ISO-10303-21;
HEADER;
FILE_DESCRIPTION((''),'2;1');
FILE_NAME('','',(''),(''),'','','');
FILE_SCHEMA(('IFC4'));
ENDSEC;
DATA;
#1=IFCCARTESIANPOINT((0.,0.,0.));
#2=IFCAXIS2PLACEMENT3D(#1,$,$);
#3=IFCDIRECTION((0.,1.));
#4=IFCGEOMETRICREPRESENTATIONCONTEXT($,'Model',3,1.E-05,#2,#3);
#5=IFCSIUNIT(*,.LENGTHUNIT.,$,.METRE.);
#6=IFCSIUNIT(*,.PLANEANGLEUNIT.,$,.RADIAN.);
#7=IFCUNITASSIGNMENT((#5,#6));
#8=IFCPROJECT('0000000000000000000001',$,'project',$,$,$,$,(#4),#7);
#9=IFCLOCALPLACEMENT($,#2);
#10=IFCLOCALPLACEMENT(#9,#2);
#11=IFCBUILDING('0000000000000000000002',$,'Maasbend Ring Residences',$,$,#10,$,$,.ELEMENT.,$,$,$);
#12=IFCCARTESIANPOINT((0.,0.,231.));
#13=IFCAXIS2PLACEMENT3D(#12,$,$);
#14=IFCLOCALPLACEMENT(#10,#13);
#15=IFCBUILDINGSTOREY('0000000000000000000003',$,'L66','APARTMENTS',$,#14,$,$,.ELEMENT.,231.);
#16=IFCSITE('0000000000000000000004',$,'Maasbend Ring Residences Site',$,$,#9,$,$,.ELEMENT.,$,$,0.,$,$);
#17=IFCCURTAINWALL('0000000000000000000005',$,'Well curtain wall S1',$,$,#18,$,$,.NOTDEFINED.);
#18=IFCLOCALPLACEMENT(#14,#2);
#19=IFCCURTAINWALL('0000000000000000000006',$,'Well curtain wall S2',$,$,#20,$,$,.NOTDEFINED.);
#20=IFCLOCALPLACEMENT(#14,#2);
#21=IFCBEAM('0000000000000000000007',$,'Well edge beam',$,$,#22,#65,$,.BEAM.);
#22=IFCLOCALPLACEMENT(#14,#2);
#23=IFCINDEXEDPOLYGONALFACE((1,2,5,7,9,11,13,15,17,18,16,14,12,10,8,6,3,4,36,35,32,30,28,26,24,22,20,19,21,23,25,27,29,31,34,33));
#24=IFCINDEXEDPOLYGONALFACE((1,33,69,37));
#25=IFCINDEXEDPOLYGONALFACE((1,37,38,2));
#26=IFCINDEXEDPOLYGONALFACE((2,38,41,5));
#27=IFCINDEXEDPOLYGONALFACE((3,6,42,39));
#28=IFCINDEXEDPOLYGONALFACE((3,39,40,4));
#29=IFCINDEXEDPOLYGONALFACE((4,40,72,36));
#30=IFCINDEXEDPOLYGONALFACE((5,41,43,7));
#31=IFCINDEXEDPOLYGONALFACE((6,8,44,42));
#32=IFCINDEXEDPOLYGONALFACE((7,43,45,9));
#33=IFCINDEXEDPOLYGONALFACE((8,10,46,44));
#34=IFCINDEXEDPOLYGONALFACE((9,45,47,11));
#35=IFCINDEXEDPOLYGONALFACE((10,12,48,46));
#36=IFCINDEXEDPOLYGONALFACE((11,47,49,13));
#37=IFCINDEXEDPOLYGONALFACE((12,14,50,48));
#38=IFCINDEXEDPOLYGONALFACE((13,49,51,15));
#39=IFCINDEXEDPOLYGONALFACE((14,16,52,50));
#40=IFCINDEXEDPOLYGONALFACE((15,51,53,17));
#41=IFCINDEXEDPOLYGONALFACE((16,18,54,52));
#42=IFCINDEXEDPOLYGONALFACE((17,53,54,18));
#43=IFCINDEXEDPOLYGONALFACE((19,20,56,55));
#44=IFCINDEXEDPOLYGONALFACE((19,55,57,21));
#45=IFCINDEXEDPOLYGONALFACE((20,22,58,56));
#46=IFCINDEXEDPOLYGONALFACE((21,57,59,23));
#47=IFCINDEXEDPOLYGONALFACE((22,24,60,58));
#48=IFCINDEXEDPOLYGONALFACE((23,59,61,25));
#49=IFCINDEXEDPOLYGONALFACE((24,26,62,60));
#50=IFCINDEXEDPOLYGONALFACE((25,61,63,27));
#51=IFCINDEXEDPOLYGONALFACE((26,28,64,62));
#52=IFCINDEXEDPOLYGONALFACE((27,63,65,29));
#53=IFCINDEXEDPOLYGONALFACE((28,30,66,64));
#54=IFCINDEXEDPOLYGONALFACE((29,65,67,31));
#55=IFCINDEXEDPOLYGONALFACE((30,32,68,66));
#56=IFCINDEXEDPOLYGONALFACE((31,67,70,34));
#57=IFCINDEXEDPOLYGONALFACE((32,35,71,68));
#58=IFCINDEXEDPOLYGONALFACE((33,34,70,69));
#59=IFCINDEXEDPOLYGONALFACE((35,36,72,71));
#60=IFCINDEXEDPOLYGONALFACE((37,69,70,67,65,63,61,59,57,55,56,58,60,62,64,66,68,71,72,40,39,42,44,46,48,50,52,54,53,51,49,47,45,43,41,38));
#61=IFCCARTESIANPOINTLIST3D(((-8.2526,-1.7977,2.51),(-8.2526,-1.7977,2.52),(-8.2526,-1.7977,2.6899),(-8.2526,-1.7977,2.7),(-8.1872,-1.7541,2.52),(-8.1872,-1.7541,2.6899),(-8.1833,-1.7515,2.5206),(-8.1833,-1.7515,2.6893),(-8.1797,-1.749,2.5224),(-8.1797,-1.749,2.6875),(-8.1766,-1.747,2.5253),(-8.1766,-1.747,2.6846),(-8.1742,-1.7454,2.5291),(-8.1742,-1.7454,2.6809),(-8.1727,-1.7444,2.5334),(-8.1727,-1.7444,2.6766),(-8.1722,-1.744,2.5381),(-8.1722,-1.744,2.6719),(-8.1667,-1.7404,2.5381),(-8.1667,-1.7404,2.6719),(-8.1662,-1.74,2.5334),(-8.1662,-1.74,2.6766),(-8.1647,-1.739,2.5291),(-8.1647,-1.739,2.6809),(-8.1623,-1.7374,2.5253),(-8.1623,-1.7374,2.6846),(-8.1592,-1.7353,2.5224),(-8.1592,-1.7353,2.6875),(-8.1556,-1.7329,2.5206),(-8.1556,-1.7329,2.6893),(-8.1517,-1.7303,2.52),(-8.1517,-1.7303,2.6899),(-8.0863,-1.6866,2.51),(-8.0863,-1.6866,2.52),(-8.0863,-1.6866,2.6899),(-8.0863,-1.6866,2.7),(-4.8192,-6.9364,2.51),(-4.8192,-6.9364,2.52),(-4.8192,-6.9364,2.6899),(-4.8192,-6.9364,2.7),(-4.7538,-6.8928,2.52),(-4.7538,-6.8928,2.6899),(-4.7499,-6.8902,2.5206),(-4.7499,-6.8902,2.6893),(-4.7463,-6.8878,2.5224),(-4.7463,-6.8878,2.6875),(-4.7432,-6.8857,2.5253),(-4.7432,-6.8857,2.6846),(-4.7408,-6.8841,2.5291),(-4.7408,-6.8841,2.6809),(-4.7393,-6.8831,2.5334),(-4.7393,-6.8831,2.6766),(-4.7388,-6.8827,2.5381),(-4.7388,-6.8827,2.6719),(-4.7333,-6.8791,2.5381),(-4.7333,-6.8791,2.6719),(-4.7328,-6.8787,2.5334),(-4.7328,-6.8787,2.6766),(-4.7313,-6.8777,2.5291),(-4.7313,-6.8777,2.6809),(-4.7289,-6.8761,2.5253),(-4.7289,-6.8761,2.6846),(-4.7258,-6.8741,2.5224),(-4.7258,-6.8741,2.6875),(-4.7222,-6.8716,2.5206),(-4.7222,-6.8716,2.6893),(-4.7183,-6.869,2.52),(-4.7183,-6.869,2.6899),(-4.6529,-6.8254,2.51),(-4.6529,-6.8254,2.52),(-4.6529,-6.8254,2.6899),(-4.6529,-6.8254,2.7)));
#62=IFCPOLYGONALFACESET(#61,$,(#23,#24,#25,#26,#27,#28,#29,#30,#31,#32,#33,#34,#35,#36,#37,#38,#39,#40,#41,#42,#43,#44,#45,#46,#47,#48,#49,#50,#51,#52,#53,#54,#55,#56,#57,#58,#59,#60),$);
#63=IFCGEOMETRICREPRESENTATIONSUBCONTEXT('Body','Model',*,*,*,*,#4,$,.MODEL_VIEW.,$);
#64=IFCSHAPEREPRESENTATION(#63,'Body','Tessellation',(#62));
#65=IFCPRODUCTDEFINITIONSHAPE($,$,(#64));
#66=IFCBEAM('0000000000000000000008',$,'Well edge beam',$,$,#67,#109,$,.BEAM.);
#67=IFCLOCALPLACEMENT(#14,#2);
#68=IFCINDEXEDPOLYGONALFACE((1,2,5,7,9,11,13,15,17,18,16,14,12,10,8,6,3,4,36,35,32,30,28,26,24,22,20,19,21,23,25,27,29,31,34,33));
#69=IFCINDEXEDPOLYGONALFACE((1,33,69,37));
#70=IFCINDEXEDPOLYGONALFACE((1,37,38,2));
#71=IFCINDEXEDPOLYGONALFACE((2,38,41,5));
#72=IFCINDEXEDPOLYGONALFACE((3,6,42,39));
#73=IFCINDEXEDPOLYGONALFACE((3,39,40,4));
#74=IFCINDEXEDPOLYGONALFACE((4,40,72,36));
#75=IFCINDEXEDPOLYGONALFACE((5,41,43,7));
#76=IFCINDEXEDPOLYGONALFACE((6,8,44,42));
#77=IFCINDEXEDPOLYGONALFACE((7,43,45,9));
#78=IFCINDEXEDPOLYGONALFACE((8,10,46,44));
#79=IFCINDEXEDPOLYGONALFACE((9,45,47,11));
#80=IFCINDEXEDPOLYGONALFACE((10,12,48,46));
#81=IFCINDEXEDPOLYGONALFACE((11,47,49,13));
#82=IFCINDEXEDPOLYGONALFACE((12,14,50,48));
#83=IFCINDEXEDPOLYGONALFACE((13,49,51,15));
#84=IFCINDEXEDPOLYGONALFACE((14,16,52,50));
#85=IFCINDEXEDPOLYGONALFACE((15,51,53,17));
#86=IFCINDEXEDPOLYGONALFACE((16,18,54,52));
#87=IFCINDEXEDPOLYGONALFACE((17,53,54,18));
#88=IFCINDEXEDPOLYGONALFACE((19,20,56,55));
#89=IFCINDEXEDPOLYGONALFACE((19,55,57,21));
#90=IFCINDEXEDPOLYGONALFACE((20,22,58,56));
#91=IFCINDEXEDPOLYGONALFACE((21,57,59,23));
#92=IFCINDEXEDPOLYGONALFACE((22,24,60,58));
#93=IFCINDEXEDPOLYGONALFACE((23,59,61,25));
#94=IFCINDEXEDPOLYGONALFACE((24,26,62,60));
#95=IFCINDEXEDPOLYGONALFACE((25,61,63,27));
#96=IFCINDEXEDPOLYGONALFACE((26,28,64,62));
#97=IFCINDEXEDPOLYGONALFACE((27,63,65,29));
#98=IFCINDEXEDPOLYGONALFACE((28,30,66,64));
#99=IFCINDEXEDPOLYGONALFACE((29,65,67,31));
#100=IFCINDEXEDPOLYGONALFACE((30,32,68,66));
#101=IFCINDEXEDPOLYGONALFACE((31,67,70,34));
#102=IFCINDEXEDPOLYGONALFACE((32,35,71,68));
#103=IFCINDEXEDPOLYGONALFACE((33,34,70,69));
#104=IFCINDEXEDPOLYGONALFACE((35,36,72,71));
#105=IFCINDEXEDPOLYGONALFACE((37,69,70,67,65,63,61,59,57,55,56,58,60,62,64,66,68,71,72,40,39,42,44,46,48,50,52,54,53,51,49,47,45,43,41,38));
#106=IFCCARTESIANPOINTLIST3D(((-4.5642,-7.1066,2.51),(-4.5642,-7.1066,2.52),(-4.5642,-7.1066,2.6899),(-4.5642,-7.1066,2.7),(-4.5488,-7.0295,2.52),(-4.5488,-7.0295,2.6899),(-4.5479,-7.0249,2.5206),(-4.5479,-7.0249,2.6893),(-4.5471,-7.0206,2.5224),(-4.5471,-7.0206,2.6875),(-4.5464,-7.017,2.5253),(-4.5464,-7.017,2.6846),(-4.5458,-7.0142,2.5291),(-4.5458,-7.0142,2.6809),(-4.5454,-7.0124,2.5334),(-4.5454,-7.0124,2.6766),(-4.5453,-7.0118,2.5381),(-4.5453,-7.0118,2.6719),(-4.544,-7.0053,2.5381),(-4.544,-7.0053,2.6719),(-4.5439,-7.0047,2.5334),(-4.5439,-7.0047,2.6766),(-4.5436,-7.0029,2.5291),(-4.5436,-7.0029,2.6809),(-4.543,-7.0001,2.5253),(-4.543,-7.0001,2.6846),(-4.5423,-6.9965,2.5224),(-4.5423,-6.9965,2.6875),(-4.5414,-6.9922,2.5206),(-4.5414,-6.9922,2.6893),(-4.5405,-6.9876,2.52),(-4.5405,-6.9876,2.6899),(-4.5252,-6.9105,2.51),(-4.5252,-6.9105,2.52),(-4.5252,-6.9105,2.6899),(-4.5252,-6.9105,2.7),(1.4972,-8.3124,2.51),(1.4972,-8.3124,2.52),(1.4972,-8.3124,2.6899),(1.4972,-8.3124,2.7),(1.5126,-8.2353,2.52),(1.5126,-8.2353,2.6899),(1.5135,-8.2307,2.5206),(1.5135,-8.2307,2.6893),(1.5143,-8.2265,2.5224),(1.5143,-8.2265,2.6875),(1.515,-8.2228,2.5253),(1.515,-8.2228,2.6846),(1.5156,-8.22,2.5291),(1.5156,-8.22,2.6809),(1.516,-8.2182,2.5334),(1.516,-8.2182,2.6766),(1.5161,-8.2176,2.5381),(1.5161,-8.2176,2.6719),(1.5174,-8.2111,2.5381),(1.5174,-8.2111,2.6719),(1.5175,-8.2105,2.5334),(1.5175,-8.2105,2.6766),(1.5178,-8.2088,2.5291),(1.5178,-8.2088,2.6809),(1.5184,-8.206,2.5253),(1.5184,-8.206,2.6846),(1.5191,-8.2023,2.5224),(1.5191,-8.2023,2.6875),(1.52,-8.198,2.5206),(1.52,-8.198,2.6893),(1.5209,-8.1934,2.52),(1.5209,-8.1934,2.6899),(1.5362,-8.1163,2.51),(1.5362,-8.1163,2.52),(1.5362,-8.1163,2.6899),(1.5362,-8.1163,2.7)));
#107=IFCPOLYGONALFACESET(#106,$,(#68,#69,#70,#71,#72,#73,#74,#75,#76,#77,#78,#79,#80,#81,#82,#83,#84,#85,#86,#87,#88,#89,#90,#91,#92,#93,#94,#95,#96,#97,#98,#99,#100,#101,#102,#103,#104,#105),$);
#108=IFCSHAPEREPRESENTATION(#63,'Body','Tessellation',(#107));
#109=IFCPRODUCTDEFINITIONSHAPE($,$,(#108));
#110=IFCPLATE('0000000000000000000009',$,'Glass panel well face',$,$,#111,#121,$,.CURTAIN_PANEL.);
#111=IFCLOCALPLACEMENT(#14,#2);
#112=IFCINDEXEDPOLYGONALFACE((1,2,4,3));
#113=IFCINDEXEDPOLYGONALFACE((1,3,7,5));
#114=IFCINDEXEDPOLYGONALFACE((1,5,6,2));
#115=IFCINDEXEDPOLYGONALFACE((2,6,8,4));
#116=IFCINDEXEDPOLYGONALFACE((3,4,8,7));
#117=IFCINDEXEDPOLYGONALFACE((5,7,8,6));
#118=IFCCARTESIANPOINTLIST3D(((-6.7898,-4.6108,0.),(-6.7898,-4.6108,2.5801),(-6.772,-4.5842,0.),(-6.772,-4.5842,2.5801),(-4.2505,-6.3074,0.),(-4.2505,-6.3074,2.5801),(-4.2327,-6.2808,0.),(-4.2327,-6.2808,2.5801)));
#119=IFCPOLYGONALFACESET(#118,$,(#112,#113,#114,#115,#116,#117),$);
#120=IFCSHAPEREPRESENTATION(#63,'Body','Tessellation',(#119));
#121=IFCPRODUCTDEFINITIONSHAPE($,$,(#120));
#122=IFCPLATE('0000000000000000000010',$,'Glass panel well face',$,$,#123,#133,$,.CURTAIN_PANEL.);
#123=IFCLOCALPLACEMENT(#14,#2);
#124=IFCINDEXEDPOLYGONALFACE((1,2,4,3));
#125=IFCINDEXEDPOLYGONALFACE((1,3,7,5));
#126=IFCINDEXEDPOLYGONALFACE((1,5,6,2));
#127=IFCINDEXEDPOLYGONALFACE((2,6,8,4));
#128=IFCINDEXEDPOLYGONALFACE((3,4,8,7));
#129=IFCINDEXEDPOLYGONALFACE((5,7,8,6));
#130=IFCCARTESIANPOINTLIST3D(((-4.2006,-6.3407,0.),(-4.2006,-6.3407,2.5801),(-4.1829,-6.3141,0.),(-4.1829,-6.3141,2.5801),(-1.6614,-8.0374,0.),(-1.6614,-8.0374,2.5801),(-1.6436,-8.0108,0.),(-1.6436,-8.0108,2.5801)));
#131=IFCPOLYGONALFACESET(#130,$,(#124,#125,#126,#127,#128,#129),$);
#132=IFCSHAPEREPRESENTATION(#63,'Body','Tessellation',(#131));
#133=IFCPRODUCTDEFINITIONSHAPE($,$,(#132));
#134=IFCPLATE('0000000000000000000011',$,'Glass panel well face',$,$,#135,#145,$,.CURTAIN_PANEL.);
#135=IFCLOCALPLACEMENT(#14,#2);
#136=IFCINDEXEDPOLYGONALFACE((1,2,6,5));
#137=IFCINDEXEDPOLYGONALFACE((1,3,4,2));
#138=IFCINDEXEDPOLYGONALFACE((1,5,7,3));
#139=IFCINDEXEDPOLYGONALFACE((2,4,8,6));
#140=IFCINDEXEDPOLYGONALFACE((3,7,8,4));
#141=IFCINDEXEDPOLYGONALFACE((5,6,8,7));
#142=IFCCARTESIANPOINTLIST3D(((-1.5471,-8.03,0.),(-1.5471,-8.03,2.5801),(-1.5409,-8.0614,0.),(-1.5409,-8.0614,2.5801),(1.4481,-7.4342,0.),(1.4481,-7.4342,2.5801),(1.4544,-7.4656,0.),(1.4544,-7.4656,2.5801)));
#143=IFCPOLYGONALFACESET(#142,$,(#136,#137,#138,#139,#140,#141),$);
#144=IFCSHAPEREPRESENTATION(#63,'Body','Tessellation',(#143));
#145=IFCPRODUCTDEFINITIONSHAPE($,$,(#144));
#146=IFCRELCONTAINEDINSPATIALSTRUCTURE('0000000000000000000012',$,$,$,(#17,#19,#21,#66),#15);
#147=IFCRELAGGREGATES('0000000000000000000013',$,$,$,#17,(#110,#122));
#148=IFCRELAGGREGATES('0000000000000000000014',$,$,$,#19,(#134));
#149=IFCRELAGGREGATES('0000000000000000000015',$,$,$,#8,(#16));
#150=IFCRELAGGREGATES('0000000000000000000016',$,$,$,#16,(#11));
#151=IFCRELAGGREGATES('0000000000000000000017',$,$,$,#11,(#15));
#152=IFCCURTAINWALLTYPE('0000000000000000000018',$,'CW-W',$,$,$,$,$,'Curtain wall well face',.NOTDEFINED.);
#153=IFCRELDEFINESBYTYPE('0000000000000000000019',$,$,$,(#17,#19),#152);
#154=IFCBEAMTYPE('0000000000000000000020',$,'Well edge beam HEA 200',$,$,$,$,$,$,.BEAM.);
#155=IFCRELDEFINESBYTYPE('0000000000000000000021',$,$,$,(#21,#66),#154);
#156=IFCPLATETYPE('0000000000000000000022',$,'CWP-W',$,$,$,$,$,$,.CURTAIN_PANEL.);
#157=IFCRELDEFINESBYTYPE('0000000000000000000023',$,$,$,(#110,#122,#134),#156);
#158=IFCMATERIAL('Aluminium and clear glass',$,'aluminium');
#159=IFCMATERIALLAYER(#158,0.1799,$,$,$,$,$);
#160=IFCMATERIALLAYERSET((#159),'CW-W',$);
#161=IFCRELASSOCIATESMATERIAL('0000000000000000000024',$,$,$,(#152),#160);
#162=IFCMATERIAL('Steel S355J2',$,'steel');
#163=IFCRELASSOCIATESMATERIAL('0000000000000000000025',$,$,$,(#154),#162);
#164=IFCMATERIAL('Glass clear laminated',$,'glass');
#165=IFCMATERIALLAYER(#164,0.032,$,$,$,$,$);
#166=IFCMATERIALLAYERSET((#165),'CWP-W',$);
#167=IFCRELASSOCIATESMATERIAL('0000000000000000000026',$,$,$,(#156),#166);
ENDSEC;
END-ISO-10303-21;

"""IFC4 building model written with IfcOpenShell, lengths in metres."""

from ifc_helpers import new_model, si_unit, direction, frame, origin, origin_2d, place, context, subcontext, project, spatial, rectangle, i_section, extrude, material, layer, layer_set, material_profile, profile_set, type_object, element, aggregate, save


model = new_model("IFC4")

# Units and contexts
model_context = context("Model", 3, precision=1e-05, world=origin(), true_north=direction((0.0, 1.0)))
body_context = subcontext(model_context, "Body", "Model", "MODEL_VIEW")
ifc_project = project(units=[si_unit("LENGTHUNIT", "METRE"), si_unit("PLANEANGLEUNIT", "RADIAN")], contexts=[model_context])

# Site, building, storey
site_placement = place(None, origin())
site = spatial("IfcSite", under=ifc_project, at=site_placement, Name="Maasbend Ring Residences Site", CompositionType="ELEMENT", RefElevation=0.0)
building_placement = place(site_placement, origin())
building = spatial("IfcBuilding", under=site, at=building_placement, Name="Maasbend Ring Residences", CompositionType="ELEMENT")
storey_placement = place(building_placement, frame((0.0, 0.0, 231.0)))
storey = spatial("IfcBuildingStorey", under=building, at=storey_placement, Name="L66", Description="APARTMENTS", CompositionType="ELEMENT", Elevation=231.0)

# Curtain wall
ifc_material_1 = material(Name="Aluminium and clear glass", Category="aluminium")
ifc_layer_1 = layer(ifc_material_1, 0.1799)
ifc_layer_set_1 = layer_set([ifc_layer_1], Name="CW-W")
curtain_wall_type = type_object("IfcCurtainWallType", Name="CW-W", ElementType="Curtain wall well face", PredefinedType="NOTDEFINED", material=ifc_layer_set_1)
curtain_wall_1_placement = place(storey_placement, origin())
curtain_wall_1 = element("IfcCurtainWall", 1, at=curtain_wall_1_placement, inside=storey, type_object=curtain_wall_type, Name="Well curtain wall S1", PredefinedType="NOTDEFINED")

# Curtain wall
curtain_wall_2_placement = place(storey_placement, origin())
curtain_wall_2 = element("IfcCurtainWall", 2, at=curtain_wall_2_placement, inside=storey, type_object=curtain_wall_type, Name="Well curtain wall S2", PredefinedType="NOTDEFINED")

# Beams
ifc_material_2 = material(Name="Steel S355J2", Category="steel")
ifc_material_profile_1 = material_profile(ifc_material_2, i_section(OverallWidth=0.2, OverallDepth=0.1899, WebThickness=0.0066, FlangeThickness=0.01, FilletRadius=0.0181, at=origin_2d()), Name="HEA 200")
ifc_profile_set_1 = profile_set([ifc_material_profile_1], Name="Steel S355J2")
beam_type = type_object("IfcBeamType", Name="Well edge beam HEA 200", PredefinedType="BEAM", material=ifc_profile_set_1)
for number, where, z_axis, x_axis, name in (
    (3, (-8.1694, -1.7422, 2.605), (0.555548, -0.831485, 0.0), (0.831485, 0.555548, 0.0), "Well edge beam"),
    (4, (-4.5447, -7.0085, 2.605), (0.980781, -0.195113, 0.0), (0.195113, 0.980781, 0.0), "Well edge beam"),
):
    element("IfcBeam", number, at=place(storey_placement, frame(where, z_axis=z_axis, x_axis=x_axis)), inside=storey, type_object=beam_type, Name=name, PredefinedType="BEAM", context=body_context, shape_type="SweptSolid", body=[
        extrude(i_section(OverallWidth=0.2, OverallDepth=0.1899, WebThickness=0.0066, FlangeThickness=0.01, FilletRadius=0.0181, at=origin_2d()), origin(), (0.0, 0.0, 1.0), 6.1802),
    ])

# Plates
ifc_material_3 = material(Name="Glass clear laminated", Category="glass")
ifc_layer_2 = layer(ifc_material_3, 0.032)
ifc_layer_set_2 = layer_set([ifc_layer_2], Name="CWP-W")
plate_type = type_object("IfcPlateType", Name="CWP-W", PredefinedType="CURTAIN_PANEL", material=ifc_layer_set_2)
plate_1_placement = place(storey_placement, frame((-5.5112, -5.4458, 0.0), z_axis=(0.0, 0.0, 1.0), x_axis=(0.83147, -0.55557, 0.0)))
plate_1 = element("IfcPlate", 5, at=plate_1_placement, type_object=plate_type, Name="Glass panel well face", PredefinedType="CURTAIN_PANEL", context=body_context, shape_type="SweptSolid", body=[
    extrude(rectangle(XDim=3.054, YDim=0.032, at=origin_2d()), origin(), (0.0, 0.0, 1.0), 2.5801),
])
plate_2_placement = place(storey_placement, frame((-2.9221, -7.1758, 0.0), z_axis=(0.0, 0.0, 1.0), x_axis=(0.83147, -0.55557, 0.0)))
plate_2 = element("IfcPlate", 6, at=plate_2_placement, type_object=plate_type, Name="Glass panel well face", PredefinedType="CURTAIN_PANEL", context=body_context, shape_type="SweptSolid", body=[
    extrude(rectangle(XDim=3.054, YDim=0.032, at=origin_2d()), origin(), (0.0, 0.0, 1.0), 2.5801),
])
aggregate(curtain_wall_1, [plate_1, plate_2])
plate_3_placement = place(storey_placement, frame((-0.0464, -7.7478, 0.0), z_axis=(0.0, 0.0, 1.0), x_axis=(0.980785, 0.19509, 0.0)))
plate_3 = element("IfcPlate", 7, at=plate_3_placement, type_object=plate_type, Name="Glass panel well face", PredefinedType="CURTAIN_PANEL", context=body_context, shape_type="SweptSolid", body=[
    extrude(rectangle(XDim=3.054, YDim=0.032, at=origin_2d()), origin(), (0.0, 0.0, 1.0), 2.5801),
])
aggregate(curtain_wall_2, [plate_3])

save(model, "model.ifc")
